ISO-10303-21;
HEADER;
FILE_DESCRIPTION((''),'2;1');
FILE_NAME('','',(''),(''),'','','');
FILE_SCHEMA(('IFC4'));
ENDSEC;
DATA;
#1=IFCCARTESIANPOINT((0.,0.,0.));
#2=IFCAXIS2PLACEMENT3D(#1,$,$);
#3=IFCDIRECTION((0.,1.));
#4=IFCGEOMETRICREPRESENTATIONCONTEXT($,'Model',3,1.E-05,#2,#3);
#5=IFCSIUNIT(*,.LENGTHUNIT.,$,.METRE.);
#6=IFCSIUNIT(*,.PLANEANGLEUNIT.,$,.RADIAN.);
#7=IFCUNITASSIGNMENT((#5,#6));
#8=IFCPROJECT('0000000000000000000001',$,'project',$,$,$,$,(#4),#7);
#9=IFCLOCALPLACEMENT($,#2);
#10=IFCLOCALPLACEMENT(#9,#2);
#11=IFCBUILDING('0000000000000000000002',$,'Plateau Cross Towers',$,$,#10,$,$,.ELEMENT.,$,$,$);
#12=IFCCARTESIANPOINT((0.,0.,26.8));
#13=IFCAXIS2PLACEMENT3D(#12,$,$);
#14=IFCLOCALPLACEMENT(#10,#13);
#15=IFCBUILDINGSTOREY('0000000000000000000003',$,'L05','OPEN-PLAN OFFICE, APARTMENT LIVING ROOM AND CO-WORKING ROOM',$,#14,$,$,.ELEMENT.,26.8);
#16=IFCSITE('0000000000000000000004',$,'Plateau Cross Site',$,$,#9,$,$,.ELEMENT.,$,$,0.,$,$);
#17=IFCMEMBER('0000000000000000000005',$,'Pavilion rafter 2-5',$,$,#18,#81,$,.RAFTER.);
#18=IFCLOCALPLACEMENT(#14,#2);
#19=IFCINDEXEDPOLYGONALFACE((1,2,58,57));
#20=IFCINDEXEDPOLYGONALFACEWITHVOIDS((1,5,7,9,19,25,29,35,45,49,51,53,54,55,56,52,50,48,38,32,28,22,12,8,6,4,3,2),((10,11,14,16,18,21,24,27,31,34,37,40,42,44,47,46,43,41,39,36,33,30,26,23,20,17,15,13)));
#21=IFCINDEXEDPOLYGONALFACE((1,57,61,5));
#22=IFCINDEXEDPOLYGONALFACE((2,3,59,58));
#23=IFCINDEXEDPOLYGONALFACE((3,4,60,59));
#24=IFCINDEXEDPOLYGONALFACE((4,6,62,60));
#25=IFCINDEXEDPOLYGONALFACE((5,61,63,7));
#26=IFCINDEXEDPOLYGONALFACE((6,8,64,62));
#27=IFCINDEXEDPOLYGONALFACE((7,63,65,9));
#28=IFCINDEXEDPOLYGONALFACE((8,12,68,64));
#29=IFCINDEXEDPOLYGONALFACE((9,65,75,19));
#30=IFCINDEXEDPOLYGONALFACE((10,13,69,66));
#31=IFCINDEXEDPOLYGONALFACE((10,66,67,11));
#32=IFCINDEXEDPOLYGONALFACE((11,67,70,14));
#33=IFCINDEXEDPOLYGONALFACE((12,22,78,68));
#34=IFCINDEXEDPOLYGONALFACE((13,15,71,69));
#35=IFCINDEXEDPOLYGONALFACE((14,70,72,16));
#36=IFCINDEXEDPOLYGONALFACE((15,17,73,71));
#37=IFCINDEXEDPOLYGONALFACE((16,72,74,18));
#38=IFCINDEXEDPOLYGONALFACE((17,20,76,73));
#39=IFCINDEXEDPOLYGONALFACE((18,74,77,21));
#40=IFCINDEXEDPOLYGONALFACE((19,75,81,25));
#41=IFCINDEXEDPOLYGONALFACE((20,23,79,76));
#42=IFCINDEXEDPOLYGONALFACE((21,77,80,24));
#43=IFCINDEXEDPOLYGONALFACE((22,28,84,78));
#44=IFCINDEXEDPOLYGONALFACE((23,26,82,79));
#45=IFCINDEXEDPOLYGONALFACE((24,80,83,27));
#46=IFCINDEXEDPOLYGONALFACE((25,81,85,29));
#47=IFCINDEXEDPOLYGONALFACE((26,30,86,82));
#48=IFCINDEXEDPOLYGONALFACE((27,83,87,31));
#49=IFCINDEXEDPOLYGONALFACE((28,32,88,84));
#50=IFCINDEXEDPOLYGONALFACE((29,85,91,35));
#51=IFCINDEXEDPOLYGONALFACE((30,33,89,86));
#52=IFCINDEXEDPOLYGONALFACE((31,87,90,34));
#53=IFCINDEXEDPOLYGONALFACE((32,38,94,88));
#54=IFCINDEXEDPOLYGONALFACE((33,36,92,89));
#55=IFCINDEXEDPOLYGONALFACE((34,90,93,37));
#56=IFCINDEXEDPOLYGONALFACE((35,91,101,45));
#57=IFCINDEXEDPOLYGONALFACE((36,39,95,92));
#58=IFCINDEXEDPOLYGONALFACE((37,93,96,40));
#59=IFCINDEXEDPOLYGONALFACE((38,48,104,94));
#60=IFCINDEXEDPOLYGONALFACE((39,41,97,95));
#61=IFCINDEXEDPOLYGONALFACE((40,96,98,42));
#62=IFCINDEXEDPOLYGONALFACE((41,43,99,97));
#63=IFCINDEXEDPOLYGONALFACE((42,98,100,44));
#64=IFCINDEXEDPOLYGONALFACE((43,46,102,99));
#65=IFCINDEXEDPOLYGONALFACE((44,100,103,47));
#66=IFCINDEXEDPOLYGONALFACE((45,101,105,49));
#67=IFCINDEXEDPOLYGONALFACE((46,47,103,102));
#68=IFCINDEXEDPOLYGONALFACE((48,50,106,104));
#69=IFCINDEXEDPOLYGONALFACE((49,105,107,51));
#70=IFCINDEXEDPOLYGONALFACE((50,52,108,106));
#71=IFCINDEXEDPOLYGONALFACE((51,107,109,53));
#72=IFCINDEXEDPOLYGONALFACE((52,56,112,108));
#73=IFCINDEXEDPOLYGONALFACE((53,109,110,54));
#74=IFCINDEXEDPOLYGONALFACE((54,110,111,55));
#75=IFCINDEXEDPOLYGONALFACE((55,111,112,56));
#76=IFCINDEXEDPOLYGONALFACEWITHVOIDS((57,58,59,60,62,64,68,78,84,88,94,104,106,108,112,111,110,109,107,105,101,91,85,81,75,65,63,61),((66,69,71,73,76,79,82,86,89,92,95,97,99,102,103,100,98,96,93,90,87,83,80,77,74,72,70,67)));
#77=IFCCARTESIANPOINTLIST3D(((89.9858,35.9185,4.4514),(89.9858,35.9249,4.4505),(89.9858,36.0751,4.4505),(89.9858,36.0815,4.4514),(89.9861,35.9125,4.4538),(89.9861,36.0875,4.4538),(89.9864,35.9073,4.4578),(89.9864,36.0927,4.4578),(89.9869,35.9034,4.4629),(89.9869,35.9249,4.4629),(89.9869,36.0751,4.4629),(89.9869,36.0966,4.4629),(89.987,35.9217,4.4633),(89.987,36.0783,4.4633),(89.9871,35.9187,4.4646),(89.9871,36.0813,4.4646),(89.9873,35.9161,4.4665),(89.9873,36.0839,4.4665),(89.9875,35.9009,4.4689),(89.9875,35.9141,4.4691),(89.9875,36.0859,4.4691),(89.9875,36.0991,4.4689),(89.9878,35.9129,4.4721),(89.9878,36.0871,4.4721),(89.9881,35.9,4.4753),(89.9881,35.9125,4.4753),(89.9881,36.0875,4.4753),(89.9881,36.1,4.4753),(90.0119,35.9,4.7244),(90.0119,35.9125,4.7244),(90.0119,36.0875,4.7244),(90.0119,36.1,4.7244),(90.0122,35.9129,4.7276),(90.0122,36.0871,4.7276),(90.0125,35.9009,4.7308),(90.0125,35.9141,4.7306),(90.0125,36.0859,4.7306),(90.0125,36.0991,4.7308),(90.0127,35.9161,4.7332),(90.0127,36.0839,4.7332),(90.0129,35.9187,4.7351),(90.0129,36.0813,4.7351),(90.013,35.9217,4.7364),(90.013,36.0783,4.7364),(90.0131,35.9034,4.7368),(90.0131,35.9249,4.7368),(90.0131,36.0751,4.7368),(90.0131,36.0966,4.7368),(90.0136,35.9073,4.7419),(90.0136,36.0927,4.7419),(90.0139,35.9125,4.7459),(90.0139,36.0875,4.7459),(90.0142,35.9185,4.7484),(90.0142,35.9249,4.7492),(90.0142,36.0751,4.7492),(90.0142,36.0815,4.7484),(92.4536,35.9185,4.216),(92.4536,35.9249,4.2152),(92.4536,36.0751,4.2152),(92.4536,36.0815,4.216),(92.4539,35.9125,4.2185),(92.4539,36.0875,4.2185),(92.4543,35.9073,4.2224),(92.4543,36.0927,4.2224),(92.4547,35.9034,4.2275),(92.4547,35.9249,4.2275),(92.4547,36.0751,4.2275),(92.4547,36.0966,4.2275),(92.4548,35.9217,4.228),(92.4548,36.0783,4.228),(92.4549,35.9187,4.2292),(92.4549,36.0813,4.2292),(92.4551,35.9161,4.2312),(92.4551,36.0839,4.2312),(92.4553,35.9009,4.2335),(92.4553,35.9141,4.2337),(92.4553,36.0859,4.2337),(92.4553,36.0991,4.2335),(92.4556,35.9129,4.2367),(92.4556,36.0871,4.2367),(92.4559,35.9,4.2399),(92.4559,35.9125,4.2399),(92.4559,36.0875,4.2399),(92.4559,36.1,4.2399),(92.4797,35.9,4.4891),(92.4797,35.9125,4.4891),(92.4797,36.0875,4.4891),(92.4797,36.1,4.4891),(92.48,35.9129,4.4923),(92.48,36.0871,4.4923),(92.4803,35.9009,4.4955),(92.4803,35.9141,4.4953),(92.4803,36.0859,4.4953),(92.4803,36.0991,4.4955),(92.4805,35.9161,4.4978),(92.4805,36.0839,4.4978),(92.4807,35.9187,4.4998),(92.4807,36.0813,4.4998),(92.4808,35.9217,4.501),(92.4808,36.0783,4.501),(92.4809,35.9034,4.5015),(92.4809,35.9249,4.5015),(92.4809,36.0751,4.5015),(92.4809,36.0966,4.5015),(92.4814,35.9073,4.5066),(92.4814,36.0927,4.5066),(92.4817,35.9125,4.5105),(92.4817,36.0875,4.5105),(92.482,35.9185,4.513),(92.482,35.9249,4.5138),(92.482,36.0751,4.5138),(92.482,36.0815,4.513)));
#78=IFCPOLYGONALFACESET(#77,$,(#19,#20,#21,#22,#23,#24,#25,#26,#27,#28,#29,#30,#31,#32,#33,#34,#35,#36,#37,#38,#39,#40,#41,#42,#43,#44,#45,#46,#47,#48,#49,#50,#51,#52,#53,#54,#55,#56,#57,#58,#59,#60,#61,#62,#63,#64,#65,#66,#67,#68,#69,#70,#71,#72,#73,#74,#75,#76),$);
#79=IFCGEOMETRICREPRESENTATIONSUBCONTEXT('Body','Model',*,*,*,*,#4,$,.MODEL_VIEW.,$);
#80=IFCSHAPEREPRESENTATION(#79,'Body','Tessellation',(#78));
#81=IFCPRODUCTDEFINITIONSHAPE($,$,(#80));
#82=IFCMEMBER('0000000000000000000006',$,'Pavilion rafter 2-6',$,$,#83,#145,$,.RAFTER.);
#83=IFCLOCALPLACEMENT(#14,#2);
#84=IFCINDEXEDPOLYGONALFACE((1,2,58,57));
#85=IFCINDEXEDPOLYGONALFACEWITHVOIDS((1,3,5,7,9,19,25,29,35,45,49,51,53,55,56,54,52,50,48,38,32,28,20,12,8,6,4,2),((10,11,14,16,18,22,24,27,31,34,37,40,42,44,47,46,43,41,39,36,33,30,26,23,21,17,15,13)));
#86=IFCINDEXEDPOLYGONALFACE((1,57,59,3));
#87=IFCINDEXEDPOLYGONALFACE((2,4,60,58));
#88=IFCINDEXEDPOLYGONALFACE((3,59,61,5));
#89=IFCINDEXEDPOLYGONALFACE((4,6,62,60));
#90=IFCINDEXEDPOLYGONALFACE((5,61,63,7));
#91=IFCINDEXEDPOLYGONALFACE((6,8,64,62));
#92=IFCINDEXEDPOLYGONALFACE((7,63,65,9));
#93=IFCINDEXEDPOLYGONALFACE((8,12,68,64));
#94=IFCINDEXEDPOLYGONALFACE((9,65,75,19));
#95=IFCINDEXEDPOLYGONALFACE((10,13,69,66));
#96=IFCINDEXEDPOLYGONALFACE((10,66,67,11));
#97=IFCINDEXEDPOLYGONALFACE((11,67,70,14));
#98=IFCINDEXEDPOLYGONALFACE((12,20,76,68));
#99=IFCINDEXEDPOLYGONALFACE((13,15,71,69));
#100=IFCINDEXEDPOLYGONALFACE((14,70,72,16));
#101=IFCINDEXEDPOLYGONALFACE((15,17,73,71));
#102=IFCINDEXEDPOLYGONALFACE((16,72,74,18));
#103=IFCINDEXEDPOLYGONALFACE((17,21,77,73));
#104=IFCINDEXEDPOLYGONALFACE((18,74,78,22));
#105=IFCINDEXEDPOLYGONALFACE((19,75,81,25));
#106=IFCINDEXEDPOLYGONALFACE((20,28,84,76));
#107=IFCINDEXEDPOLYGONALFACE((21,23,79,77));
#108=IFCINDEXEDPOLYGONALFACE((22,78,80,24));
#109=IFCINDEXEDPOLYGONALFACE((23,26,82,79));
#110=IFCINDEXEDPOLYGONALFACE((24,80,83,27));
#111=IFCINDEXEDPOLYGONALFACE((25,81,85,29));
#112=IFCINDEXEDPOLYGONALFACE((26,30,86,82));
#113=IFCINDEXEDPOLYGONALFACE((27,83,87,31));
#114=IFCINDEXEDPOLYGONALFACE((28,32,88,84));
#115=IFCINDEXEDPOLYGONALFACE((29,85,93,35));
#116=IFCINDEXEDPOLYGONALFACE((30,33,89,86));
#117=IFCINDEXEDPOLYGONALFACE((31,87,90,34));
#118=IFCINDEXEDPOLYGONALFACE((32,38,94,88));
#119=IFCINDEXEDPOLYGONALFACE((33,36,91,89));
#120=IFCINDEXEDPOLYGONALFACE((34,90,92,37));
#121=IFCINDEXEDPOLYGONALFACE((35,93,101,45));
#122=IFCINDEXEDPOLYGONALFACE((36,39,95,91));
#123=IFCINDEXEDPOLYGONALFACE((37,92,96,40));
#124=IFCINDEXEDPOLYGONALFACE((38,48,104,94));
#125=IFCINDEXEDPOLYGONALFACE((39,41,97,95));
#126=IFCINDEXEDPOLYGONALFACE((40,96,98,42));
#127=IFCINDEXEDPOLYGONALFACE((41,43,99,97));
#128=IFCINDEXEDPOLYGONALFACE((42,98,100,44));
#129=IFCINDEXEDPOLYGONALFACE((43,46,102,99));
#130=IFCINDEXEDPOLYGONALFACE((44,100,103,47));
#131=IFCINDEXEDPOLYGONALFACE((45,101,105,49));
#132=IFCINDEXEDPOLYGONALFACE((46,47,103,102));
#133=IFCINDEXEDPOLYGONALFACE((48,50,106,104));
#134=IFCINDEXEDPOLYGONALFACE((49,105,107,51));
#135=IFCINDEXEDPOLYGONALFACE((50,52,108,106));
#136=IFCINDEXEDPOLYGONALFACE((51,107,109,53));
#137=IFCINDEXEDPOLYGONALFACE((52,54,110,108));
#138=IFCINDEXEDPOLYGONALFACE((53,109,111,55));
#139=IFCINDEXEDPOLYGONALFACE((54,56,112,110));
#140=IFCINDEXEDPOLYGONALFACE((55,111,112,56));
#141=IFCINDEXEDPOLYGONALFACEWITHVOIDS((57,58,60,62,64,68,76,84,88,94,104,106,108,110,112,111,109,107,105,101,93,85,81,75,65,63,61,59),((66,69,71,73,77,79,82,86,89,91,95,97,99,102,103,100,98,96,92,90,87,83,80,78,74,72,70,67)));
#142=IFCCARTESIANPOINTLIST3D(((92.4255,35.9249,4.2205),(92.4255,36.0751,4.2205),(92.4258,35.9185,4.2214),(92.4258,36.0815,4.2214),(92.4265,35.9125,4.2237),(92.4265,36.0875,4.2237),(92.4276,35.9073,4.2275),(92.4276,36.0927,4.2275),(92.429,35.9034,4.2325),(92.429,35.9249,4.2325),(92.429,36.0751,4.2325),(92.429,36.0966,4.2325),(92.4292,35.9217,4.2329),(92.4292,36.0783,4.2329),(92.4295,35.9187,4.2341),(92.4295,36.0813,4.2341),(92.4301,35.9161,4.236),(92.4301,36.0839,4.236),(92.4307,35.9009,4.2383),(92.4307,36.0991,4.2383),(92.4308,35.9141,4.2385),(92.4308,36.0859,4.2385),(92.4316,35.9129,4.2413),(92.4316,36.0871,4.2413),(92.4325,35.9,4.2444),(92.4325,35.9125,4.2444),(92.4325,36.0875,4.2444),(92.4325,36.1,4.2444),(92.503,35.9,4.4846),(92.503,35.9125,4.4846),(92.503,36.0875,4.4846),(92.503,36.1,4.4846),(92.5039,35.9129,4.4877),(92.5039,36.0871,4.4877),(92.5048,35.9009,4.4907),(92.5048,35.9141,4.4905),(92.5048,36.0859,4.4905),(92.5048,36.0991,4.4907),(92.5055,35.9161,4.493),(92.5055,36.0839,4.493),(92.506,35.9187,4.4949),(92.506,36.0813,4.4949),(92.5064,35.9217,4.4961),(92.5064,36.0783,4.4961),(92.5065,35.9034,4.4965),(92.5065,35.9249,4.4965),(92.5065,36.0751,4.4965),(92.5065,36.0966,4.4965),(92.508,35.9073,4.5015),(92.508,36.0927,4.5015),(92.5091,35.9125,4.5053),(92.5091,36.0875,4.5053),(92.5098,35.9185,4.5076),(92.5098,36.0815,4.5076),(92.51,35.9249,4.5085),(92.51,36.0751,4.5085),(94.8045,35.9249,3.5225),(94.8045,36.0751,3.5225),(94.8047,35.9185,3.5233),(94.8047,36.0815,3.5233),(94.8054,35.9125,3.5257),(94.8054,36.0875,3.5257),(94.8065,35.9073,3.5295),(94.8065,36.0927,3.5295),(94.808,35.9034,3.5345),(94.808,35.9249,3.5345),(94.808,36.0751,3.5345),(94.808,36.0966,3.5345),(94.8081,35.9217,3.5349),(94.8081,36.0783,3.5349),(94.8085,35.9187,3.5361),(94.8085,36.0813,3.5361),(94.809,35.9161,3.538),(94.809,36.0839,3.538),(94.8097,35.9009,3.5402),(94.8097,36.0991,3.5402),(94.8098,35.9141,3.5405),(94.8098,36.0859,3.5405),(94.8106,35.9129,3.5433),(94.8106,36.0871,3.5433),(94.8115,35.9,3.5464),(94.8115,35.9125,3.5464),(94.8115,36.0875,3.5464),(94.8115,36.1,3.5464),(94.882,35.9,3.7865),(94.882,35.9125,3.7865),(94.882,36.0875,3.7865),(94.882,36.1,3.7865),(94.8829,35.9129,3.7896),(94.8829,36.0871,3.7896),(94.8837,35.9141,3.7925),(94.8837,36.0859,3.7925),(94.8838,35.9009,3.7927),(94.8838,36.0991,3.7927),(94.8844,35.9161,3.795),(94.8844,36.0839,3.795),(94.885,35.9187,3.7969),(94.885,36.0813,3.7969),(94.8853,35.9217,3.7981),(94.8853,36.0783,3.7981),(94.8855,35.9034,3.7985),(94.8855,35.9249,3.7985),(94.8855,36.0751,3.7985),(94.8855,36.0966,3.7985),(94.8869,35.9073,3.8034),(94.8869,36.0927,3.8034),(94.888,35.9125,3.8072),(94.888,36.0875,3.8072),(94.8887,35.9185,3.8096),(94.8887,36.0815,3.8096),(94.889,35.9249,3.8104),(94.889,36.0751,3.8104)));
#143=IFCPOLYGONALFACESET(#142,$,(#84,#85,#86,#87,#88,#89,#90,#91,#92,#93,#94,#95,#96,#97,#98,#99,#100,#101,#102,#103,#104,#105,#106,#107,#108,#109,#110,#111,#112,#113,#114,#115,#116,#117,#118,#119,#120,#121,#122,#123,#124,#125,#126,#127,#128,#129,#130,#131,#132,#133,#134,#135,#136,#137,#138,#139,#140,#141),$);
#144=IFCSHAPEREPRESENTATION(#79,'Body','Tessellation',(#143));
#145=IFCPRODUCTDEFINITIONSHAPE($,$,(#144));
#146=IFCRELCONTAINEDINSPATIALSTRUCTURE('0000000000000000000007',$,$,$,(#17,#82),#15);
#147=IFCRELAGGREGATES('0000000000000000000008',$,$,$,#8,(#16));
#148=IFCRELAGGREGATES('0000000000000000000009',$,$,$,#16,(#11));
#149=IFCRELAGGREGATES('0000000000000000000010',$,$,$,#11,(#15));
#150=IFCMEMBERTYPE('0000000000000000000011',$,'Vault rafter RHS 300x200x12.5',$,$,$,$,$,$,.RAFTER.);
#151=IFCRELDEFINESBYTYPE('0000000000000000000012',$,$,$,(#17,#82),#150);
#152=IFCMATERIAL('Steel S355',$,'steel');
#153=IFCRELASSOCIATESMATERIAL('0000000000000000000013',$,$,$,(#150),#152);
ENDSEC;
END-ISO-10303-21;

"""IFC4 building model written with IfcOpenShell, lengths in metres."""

from ifc_helpers import new_model, si_unit, direction, frame, origin, origin_2d, place, context, subcontext, project, spatial, hollow_rectangle, extrude, material, material_profile, profile_set, type_object, element, save


model = new_model("IFC4")

# Units and contexts
model_context = context("Model", 3, precision=1e-05, world=origin(), true_north=direction((0.0, 1.0)))
body_context = subcontext(model_context, "Body", "Model", "MODEL_VIEW")
ifc_project = project(units=[si_unit("LENGTHUNIT", "METRE"), si_unit("PLANEANGLEUNIT", "RADIAN")], contexts=[model_context])

# Site, building, storey
site_placement = place(None, origin())
site = spatial("IfcSite", under=ifc_project, at=site_placement, Name="Plateau Cross Site", CompositionType="ELEMENT", RefElevation=0.0)
building_placement = place(site_placement, origin())
building = spatial("IfcBuilding", under=site, at=building_placement, Name="Plateau Cross Towers", CompositionType="ELEMENT")
storey_placement = place(building_placement, frame((0.0, 0.0, 26.8)))
storey = spatial("IfcBuildingStorey", under=building, at=storey_placement, Name="L05", Description="OPEN-PLAN OFFICE, APARTMENT LIVING ROOM AND CO-WORKING ROOM", CompositionType="ELEMENT", Elevation=26.8)

# Shared definitions
ifc_material_1 = material(Name="Steel S355", Category="steel")

# Members
ifc_material_profile_1 = material_profile(ifc_material_1, hollow_rectangle(XDim=0.2, YDim=0.3, WallThickness=0.0125, InnerFilletRadius=0.0125, OuterFilletRadius=0.0249, at=origin_2d()), Name="RHS 300x200x12.5")
ifc_profile_set_1 = profile_set([ifc_material_profile_1], Name="Steel S355")
member_type = type_object("IfcMemberType", Name="Vault rafter RHS 300x200x12.5", PredefinedType="RAFTER", material=ifc_profile_set_1)
for number, where, z_axis, x_axis, name in (
    (1, (90.0, 36.0, 4.5999), (0.995483, 0.0, -0.094939), (0.0, 1.0, 0.0), "Pavilion rafter 2-5"),
):
    element("IfcMember", number, at=place(storey_placement, frame(where, z_axis=z_axis, x_axis=x_axis)), inside=storey, type_object=member_type, Name=name, PredefinedType="RAFTER", context=body_context, shape_type="SweptSolid", body=[
        extrude(hollow_rectangle(XDim=0.2, YDim=0.3, WallThickness=0.0125, InnerFilletRadius=0.0125, OuterFilletRadius=0.0249, at=origin_2d()), origin(), (0.0, 0.0, 1.0), 2.479),
    ])
member_1_placement = place(storey_placement, frame((92.4678, 36.0, 4.3645), z_axis=(0.959549, 0.0, -0.281542), x_axis=(0.0, 1.0, 0.0)))
element("IfcMember", 2, at=member_1_placement, inside=storey, type_object=member_type, Name="Pavilion rafter 2-6", PredefinedType="RAFTER", context=body_context, shape_type="SweptSolid", body=[
    extrude(hollow_rectangle(XDim=0.2, YDim=0.3, WallThickness=0.0125, InnerFilletRadius=0.0125, OuterFilletRadius=0.0249, at=origin_2d()), origin(), (0.0, 0.0, 1.0), 2.4792),
])

save(model, "model.ifc")
